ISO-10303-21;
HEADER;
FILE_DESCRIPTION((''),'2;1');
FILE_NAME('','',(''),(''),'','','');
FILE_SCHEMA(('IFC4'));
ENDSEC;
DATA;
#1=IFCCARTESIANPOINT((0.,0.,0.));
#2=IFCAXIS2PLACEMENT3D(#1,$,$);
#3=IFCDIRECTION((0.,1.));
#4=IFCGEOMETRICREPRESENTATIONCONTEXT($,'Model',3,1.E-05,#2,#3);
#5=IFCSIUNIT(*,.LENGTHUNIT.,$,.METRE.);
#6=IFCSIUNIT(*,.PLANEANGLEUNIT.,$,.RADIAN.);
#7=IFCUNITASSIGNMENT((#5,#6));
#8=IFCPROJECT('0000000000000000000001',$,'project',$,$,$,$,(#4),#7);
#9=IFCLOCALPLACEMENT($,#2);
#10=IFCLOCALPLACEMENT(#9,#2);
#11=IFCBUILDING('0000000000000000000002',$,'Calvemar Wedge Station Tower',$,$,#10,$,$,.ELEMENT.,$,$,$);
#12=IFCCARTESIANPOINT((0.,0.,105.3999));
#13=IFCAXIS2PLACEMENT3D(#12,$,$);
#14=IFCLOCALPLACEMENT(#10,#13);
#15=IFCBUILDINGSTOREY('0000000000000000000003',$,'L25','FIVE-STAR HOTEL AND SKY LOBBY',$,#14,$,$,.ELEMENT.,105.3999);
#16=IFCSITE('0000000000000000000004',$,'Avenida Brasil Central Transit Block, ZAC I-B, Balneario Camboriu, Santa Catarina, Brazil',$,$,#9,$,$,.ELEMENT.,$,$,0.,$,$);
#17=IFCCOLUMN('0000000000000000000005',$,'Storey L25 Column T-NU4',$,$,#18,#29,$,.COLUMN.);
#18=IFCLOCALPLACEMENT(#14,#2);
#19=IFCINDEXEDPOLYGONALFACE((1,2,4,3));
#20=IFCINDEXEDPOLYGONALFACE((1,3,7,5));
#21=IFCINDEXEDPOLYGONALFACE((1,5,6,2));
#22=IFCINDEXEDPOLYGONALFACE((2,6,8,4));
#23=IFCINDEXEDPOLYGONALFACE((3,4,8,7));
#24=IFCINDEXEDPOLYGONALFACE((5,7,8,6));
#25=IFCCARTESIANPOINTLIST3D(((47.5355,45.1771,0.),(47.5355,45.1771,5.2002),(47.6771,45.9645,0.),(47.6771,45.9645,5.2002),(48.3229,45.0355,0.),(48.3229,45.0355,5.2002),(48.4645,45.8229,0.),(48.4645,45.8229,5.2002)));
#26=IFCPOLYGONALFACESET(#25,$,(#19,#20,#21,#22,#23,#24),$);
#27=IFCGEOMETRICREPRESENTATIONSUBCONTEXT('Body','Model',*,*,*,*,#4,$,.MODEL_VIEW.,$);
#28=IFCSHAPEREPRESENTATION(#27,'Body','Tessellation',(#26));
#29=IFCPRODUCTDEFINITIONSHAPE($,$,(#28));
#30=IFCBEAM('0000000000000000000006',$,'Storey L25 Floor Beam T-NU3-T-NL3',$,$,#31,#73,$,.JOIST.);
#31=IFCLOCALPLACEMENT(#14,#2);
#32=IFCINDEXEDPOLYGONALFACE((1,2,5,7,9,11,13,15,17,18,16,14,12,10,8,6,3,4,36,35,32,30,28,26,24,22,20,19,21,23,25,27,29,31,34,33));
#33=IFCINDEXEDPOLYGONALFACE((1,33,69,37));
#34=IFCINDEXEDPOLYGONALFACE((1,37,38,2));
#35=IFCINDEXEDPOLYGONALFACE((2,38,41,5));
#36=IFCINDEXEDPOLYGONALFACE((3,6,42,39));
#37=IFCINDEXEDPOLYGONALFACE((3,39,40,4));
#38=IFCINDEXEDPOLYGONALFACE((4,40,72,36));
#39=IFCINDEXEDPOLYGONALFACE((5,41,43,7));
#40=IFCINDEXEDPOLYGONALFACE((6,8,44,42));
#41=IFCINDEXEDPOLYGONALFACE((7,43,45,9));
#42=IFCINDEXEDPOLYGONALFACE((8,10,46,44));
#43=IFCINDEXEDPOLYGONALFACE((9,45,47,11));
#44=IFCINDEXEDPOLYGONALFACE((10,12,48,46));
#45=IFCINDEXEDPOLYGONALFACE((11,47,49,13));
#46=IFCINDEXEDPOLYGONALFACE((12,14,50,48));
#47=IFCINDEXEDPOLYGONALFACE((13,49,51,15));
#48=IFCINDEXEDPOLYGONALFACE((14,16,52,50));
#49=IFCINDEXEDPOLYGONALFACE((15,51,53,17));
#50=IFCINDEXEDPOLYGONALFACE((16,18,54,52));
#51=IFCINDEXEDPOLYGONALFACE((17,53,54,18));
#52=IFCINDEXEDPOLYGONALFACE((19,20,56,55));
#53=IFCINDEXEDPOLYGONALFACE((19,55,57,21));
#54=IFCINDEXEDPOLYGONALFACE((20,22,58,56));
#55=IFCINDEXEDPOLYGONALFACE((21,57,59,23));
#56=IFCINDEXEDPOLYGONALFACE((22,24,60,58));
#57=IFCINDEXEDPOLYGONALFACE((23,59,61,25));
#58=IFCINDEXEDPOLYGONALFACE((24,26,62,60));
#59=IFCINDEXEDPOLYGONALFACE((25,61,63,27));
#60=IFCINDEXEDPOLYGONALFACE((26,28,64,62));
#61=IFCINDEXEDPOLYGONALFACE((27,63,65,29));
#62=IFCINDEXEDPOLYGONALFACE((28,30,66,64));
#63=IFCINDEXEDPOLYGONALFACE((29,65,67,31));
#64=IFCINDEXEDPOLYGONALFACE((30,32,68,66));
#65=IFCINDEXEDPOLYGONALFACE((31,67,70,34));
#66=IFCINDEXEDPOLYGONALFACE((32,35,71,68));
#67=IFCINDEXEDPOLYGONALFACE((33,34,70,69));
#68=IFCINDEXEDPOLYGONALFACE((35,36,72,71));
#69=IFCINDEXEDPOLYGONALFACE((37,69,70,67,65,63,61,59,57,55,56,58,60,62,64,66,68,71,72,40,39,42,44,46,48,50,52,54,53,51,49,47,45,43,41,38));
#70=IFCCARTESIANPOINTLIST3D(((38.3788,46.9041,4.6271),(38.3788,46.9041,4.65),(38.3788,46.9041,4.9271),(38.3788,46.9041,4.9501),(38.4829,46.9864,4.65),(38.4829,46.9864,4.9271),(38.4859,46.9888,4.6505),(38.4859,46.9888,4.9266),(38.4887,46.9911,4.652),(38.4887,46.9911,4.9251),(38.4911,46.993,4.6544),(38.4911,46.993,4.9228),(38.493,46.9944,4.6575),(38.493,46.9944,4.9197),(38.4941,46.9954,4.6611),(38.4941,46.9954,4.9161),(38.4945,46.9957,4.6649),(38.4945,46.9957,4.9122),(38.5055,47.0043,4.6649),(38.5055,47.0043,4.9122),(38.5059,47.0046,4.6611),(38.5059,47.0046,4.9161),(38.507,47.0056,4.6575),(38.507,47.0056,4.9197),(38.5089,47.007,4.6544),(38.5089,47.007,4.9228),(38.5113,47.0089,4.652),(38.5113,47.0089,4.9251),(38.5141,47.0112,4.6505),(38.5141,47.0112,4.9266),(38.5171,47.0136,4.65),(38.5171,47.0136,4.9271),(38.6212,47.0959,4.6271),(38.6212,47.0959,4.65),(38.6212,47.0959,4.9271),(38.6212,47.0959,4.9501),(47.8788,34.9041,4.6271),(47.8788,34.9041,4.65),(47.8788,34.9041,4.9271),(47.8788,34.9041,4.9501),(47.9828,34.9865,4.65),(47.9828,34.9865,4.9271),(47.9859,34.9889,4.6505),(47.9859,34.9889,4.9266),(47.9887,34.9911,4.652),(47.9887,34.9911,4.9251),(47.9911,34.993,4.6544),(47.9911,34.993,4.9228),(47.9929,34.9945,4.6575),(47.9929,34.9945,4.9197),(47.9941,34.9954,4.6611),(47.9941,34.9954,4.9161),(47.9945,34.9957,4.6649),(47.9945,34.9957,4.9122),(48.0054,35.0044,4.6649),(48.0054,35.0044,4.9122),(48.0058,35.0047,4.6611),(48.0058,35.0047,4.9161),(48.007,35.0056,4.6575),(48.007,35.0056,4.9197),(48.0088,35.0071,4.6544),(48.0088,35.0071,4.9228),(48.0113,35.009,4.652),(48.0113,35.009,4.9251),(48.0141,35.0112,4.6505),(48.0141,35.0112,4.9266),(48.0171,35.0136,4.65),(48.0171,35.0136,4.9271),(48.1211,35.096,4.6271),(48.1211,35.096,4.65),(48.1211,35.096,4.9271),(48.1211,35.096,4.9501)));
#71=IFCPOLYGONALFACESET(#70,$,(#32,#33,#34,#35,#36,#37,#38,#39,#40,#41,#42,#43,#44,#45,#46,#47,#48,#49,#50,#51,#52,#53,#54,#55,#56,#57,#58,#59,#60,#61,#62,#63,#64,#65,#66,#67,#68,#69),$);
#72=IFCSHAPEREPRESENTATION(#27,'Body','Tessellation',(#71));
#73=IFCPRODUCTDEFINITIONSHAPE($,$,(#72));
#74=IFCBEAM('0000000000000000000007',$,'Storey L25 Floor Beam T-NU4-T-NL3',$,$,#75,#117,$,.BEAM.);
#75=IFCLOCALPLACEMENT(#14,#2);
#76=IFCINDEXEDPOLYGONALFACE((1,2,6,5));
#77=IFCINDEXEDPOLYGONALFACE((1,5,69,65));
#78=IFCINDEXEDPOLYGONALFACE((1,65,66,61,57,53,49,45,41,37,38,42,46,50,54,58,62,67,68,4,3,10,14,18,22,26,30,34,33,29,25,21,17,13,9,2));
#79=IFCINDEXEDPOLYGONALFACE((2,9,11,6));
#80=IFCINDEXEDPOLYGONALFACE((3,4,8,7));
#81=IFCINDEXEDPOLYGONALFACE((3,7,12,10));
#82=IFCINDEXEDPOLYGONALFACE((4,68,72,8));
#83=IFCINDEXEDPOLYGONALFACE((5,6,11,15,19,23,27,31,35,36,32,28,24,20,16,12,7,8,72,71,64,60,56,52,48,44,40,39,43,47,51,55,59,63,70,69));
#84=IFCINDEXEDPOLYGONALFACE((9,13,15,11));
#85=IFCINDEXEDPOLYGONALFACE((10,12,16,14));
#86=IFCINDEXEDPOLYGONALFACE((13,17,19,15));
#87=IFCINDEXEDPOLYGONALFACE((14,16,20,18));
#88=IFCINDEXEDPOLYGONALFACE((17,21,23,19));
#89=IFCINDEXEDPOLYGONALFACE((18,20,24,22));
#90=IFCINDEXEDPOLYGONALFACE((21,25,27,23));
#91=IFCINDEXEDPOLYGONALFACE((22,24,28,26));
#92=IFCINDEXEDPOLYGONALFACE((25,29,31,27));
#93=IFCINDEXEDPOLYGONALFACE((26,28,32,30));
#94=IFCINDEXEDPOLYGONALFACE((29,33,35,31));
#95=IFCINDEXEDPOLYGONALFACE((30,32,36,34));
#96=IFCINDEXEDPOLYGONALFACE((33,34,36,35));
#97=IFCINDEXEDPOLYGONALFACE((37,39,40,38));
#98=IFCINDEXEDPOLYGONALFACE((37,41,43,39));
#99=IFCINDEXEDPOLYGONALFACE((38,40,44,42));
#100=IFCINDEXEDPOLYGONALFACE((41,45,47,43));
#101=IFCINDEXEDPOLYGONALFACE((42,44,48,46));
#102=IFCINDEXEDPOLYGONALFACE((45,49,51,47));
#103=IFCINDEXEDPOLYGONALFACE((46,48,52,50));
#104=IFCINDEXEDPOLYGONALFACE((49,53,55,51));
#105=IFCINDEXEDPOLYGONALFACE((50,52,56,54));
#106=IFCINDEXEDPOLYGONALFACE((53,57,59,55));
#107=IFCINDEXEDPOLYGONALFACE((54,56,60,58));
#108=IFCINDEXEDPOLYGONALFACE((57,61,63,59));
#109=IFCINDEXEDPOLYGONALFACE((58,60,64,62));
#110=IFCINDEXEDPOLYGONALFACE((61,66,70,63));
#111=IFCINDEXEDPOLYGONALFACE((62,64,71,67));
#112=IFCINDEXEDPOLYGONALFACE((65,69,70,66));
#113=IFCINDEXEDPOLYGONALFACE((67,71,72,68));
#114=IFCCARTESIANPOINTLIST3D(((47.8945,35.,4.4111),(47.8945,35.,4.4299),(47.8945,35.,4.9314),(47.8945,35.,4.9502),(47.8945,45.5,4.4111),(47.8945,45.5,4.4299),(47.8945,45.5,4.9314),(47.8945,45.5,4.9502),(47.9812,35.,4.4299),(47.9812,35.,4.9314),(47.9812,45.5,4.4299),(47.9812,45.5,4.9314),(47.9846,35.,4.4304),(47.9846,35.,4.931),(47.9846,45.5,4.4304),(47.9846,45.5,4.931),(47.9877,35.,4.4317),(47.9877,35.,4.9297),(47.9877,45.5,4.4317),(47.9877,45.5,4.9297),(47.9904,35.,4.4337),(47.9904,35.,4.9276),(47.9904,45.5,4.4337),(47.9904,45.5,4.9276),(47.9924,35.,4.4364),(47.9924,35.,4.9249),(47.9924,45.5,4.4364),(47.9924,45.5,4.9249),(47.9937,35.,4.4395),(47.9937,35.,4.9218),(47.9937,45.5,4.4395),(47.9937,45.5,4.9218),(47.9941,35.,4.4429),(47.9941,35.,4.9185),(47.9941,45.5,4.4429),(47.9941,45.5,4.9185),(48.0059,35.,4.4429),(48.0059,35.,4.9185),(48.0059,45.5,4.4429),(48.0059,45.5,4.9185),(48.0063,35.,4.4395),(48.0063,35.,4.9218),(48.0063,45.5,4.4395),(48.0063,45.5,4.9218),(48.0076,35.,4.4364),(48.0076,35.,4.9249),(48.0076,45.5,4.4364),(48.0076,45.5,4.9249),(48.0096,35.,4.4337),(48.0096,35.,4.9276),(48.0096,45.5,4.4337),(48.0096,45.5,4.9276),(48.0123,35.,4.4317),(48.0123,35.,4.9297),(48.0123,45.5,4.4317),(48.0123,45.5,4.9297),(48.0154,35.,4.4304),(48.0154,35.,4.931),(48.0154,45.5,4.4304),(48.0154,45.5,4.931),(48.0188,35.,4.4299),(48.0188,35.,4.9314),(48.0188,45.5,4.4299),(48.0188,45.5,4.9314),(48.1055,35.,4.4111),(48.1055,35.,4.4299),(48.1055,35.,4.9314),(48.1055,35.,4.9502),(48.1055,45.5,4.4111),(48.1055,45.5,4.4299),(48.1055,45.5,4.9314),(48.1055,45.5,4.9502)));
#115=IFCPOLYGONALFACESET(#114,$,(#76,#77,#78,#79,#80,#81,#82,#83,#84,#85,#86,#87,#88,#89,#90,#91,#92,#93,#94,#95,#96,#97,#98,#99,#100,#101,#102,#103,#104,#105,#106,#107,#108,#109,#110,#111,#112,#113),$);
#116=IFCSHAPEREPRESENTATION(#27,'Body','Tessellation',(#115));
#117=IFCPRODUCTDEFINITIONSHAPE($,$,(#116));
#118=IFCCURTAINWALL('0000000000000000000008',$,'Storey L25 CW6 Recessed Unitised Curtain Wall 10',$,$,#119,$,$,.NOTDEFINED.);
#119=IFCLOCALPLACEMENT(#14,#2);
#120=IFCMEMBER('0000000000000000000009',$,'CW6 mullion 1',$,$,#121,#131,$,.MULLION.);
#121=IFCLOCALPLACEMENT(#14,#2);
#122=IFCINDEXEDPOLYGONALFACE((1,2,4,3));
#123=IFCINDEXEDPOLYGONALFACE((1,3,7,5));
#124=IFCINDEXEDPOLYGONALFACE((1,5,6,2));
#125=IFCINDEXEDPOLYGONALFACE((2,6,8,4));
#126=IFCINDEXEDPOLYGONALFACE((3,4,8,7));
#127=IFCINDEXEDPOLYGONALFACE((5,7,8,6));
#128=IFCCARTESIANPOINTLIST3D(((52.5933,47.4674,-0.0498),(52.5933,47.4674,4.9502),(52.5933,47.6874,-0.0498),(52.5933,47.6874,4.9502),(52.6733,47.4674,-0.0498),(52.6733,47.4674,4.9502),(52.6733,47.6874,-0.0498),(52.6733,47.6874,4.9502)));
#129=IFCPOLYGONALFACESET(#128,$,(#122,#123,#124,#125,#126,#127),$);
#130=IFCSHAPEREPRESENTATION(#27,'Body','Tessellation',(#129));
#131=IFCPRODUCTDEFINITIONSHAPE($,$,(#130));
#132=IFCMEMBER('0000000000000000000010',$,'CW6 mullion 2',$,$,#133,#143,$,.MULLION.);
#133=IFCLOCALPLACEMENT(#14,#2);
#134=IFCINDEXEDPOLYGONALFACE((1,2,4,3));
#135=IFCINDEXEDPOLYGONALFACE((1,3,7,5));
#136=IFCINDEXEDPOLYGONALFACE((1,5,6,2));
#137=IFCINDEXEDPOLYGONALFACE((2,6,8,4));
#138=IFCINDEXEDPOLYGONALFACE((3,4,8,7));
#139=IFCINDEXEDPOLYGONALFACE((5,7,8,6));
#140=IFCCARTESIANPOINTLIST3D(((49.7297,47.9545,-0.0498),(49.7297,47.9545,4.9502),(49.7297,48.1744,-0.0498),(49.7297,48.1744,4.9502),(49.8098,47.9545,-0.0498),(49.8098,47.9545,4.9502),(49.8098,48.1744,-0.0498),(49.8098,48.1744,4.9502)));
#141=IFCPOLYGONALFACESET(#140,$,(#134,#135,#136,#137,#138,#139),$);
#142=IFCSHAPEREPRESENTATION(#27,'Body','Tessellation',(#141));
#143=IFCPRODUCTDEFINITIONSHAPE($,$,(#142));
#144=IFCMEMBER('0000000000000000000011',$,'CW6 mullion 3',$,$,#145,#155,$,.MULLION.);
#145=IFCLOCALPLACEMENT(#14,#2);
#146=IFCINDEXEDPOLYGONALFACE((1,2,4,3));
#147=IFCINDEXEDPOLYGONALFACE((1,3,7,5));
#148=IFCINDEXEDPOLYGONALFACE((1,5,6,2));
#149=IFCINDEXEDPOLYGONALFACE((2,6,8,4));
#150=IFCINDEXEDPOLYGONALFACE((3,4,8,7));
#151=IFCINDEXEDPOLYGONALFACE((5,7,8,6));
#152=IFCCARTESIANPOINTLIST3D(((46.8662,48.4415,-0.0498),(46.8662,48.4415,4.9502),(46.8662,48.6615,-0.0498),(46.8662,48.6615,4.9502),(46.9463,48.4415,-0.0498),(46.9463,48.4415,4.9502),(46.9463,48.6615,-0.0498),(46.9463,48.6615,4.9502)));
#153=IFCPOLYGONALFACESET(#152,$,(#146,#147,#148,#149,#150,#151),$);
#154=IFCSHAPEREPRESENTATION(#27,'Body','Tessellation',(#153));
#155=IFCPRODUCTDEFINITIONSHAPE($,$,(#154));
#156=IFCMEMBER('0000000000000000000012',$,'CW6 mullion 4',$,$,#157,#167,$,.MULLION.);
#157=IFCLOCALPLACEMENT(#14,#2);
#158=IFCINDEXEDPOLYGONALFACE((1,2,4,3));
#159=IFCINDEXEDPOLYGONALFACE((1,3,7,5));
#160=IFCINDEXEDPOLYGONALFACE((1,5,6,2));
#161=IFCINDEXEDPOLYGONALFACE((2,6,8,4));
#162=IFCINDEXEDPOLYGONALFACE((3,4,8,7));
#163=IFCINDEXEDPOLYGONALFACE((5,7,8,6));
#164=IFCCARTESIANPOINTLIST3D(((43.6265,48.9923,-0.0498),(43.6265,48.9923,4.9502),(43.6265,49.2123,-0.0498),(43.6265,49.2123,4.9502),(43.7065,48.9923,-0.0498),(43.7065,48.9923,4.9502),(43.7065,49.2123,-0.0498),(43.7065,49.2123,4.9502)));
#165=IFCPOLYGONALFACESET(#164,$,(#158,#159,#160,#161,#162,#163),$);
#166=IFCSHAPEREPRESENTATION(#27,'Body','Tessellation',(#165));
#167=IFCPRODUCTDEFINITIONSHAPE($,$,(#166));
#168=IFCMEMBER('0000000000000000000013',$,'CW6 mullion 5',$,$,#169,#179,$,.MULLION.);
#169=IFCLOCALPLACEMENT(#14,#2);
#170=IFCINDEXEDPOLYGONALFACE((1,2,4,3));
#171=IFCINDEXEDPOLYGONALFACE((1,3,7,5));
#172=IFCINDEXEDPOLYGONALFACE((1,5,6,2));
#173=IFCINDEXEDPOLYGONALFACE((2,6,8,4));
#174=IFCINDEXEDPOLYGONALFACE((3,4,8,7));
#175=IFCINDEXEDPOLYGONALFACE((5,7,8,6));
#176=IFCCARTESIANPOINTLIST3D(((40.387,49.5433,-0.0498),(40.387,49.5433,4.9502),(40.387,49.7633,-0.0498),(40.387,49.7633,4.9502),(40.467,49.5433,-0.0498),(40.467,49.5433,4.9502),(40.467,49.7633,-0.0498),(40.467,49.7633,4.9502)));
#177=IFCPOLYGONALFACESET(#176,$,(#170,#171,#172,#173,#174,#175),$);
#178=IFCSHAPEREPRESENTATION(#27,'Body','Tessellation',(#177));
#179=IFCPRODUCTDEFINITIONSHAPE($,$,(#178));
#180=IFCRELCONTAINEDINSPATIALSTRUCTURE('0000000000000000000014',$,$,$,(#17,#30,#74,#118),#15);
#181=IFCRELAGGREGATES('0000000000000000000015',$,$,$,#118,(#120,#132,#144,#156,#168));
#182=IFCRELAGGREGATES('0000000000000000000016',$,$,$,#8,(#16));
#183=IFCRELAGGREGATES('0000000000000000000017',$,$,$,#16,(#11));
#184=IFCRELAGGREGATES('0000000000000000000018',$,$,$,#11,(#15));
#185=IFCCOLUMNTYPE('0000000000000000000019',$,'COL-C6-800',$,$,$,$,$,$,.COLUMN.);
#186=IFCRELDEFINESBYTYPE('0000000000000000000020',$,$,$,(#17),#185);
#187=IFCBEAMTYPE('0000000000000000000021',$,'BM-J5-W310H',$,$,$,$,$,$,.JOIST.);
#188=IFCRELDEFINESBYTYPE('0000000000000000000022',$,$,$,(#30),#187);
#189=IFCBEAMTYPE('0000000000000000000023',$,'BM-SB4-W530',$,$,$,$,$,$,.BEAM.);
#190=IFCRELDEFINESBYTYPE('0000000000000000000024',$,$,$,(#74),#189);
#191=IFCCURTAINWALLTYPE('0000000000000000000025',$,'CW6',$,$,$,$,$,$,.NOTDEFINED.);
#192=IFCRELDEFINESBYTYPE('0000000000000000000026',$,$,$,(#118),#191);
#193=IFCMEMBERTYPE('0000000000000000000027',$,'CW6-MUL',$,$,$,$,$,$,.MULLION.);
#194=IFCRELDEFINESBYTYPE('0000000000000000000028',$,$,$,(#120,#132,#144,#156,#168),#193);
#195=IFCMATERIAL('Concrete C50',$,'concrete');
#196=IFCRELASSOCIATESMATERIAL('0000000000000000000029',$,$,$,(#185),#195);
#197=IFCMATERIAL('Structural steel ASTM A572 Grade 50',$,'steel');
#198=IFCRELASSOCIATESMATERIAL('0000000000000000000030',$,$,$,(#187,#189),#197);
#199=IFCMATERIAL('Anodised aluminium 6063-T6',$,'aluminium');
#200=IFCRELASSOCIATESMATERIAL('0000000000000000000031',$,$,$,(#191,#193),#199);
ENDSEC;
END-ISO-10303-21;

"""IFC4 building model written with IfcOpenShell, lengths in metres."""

from ifc_helpers import new_model, si_unit, direction, frame, origin, origin_2d, place, context, subcontext, project, spatial, rectangle, i_section, extrude, source, transform, mapped, material, material_profile, profile_set, type_object, element, aggregate, save


model = new_model("IFC4")

# Units and contexts
model_context = context("Model", 3, precision=1e-05, world=origin(), true_north=direction((0.0, 1.0)))
body_context = subcontext(model_context, "Body", "Model", "MODEL_VIEW")
ifc_project = project(units=[si_unit("LENGTHUNIT", "METRE"), si_unit("PLANEANGLEUNIT", "RADIAN")], contexts=[model_context])

# Site, building, storey
site_placement = place(None, origin())
site = spatial("IfcSite", under=ifc_project, at=site_placement, Name="Avenida Brasil Central Transit Block, ZAC I-B, Balneario Camboriu, Santa Catarina, Brazil", CompositionType="ELEMENT", RefElevation=0.0)
building_placement = place(site_placement, origin())
building = spatial("IfcBuilding", under=site, at=building_placement, Name="Calvemar Wedge Station Tower", CompositionType="ELEMENT")
storey_placement = place(building_placement, frame((0.0, 0.0, 105.3999)))
storey = spatial("IfcBuildingStorey", under=building, at=storey_placement, Name="L25", Description="FIVE-STAR HOTEL AND SKY LOBBY", CompositionType="ELEMENT", Elevation=105.3999)

# Column
ifc_material_1 = material(Name="Concrete C50", Category="concrete")
ifc_material_profile_1 = material_profile(ifc_material_1, rectangle(XDim=0.8, YDim=0.8, at=origin_2d()), Name="RC800x800")
ifc_profile_set_1 = profile_set([ifc_material_profile_1], Name="Concrete C50")
column_type = type_object("IfcColumnType", Name="COL-C6-800", PredefinedType="COLUMN", material=ifc_profile_set_1)
shared_shape_1 = source(origin(), body_context, "Body", "SweptSolid", [
    extrude(rectangle(XDim=0.8, YDim=0.8, at=origin_2d()), origin(), (0.0, 0.0, 1.0), 5.2002),
])
column_placement = place(storey_placement, frame((48.0, 45.5, 0.0), z_axis=(0.0, 0.0, 1.0), x_axis=(0.984196, -0.177085, 0.0)))
element("IfcColumn", 1, at=column_placement, inside=storey, type_object=column_type, Name="Storey L25 Column T-NU4", PredefinedType="COLUMN", context=body_context, shape_type="MappedRepresentation", body=[
    mapped(shared_shape_1, transform((0.0, 0.0, 0.0), scale=1.0)),
])

# Beams
ifc_material_2 = material(Name="Structural steel ASTM A572 Grade 50", Category="steel")
ifc_material_profile_2 = material_profile(ifc_material_2, i_section(OverallWidth=0.3091, OverallDepth=0.323, WebThickness=0.0139, FlangeThickness=0.0229, FilletRadius=0.0149, at=origin_2d()), Name="W310x143")
ifc_profile_set_2 = profile_set([ifc_material_profile_2], Name="Structural steel ASTM A572 Grade 50")
beam_type_1 = type_object("IfcBeamType", Name="BM-J5-W310H", PredefinedType="JOIST", material=ifc_profile_set_2)
shared_shape_2 = source(origin(), body_context, "Body", "SweptSolid", [
    extrude(i_section(OverallWidth=0.3091, OverallDepth=0.323, WebThickness=0.0139, FlangeThickness=0.0229, FilletRadius=0.0149, at=origin_2d()), origin(), (0.0, 0.0, 1.0), 15.3052),
])
beam_1_placement = place(storey_placement, frame((38.5, 47.0, 4.7886), z_axis=(0.620703, -0.784046, 0.0), x_axis=(0.784046, 0.620703, 0.0)))
element("IfcBeam", 2, at=beam_1_placement, inside=storey, type_object=beam_type_1, Name="Storey L25 Floor Beam T-NU3-T-NL3", PredefinedType="JOIST", context=body_context, shape_type="MappedRepresentation", body=[
    mapped(shared_shape_2, transform((0.0, 0.0, 0.0), scale=1.0)),
])
ifc_material_profile_3 = material_profile(ifc_material_2, i_section(OverallWidth=0.2109, OverallDepth=0.5391, WebThickness=0.0117, FlangeThickness=0.0188, FilletRadius=0.0129, at=origin_2d()), Name="W530x109")
ifc_profile_set_3 = profile_set([ifc_material_profile_3], Name="Structural steel ASTM A572 Grade 50")
beam_type_2 = type_object("IfcBeamType", Name="BM-SB4-W530", PredefinedType="BEAM", material=ifc_profile_set_3)
shared_shape_3 = source(origin(), body_context, "Body", "SweptSolid", [
    extrude(i_section(OverallWidth=0.2109, OverallDepth=0.5391, WebThickness=0.0117, FlangeThickness=0.0188, FilletRadius=0.0129, at=origin_2d()), origin(), (0.0, 0.0, 1.0), 10.5),
])
beam_2_placement = place(storey_placement, frame((48.0, 45.5, 4.6807), z_axis=(0.0, -1.0, 0.0), x_axis=(1.0, 0.0, 0.0)))
element("IfcBeam", 3, at=beam_2_placement, inside=storey, type_object=beam_type_2, Name="Storey L25 Floor Beam T-NU4-T-NL3", PredefinedType="BEAM", context=body_context, shape_type="MappedRepresentation", body=[
    mapped(shared_shape_3, transform((0.0, 0.0, 0.0), scale=1.0)),
])

# Curtain wall, members
ifc_material_3 = material(Name="Anodised aluminium 6063-T6", Category="aluminium")
curtain_wall_type = type_object("IfcCurtainWallType", Name="CW6", PredefinedType="NOTDEFINED", material=ifc_material_3)
curtain_wall_placement = place(storey_placement, origin())
curtain_wall = element("IfcCurtainWall", 4, at=curtain_wall_placement, inside=storey, type_object=curtain_wall_type, Name="Storey L25 CW6 Recessed Unitised Curtain Wall 10", PredefinedType="NOTDEFINED")
ifc_material_profile_4 = material_profile(ifc_material_3, rectangle(XDim=0.0801, YDim=0.22, at=origin_2d()), Name="AL-MUL-80x220")
ifc_profile_set_4 = profile_set([ifc_material_profile_4], Name="Anodised aluminium 6063-T6")
member_type_1 = type_object("IfcMemberType", Name="CW6-MUL", PredefinedType="MULLION", material=ifc_profile_set_4)
shared_shape_4 = source(origin(), body_context, "Body", "SweptSolid", [
    extrude(rectangle(XDim=0.0801, YDim=0.22, at=origin_2d()), origin(), (0.0, 0.0, 1.0), 5.0),
])
member_1_placement = place(storey_placement, frame((52.6333, 47.5774, -0.0498), z_axis=(0.0, 0.0, 1.0), x_axis=(1.0, 0.0, 0.0)))
member_1 = element("IfcMember", 5, at=member_1_placement, type_object=member_type_1, Name="CW6 mullion 1", PredefinedType="MULLION", context=body_context, shape_type="MappedRepresentation", body=[
    mapped(shared_shape_4, transform((0.0, 0.0, 0.0), scale=1.0)),
])
member_2_placement = place(storey_placement, frame((49.7698, 48.0645, -0.0498), z_axis=(0.0, 0.0, 1.0), x_axis=(1.0, 0.0, 0.0)))
member_2 = element("IfcMember", 6, at=member_2_placement, type_object=member_type_1, Name="CW6 mullion 2", PredefinedType="MULLION", context=body_context, shape_type="MappedRepresentation", body=[
    mapped(shared_shape_4, transform((0.0, 0.0, 0.0), scale=1.0)),
])
member_3_placement = place(storey_placement, frame((46.9062, 48.5515, -0.0498), z_axis=(0.0, 0.0, 1.0), x_axis=(1.0, 0.0, 0.0)))
member_3 = element("IfcMember", 7, at=member_3_placement, type_object=member_type_1, Name="CW6 mullion 3", PredefinedType="MULLION", context=body_context, shape_type="MappedRepresentation", body=[
    mapped(shared_shape_4, transform((0.0, 0.0, 0.0), scale=1.0)),
])
member_4_placement = place(storey_placement, frame((43.6665, 49.1023, -0.0498), z_axis=(0.0, 0.0, 1.0), x_axis=(1.0, 0.0, 0.0)))
member_4 = element("IfcMember", 8, at=member_4_placement, type_object=member_type_1, Name="CW6 mullion 4", PredefinedType="MULLION", context=body_context, shape_type="MappedRepresentation", body=[
    mapped(shared_shape_4, transform((0.0, 0.0, 0.0), scale=1.0)),
])
member_5_placement = place(storey_placement, frame((40.427, 49.6533, -0.0498), z_axis=(0.0, 0.0, 1.0), x_axis=(1.0, 0.0, 0.0)))
member_5 = element("IfcMember", 9, at=member_5_placement, type_object=member_type_1, Name="CW6 mullion 5", PredefinedType="MULLION", context=body_context, shape_type="MappedRepresentation", body=[
    mapped(shared_shape_4, transform((0.0, 0.0, 0.0), scale=1.0)),
])
aggregate(curtain_wall, [member_1, member_2, member_3, member_4, member_5])

save(model, "model.ifc")
